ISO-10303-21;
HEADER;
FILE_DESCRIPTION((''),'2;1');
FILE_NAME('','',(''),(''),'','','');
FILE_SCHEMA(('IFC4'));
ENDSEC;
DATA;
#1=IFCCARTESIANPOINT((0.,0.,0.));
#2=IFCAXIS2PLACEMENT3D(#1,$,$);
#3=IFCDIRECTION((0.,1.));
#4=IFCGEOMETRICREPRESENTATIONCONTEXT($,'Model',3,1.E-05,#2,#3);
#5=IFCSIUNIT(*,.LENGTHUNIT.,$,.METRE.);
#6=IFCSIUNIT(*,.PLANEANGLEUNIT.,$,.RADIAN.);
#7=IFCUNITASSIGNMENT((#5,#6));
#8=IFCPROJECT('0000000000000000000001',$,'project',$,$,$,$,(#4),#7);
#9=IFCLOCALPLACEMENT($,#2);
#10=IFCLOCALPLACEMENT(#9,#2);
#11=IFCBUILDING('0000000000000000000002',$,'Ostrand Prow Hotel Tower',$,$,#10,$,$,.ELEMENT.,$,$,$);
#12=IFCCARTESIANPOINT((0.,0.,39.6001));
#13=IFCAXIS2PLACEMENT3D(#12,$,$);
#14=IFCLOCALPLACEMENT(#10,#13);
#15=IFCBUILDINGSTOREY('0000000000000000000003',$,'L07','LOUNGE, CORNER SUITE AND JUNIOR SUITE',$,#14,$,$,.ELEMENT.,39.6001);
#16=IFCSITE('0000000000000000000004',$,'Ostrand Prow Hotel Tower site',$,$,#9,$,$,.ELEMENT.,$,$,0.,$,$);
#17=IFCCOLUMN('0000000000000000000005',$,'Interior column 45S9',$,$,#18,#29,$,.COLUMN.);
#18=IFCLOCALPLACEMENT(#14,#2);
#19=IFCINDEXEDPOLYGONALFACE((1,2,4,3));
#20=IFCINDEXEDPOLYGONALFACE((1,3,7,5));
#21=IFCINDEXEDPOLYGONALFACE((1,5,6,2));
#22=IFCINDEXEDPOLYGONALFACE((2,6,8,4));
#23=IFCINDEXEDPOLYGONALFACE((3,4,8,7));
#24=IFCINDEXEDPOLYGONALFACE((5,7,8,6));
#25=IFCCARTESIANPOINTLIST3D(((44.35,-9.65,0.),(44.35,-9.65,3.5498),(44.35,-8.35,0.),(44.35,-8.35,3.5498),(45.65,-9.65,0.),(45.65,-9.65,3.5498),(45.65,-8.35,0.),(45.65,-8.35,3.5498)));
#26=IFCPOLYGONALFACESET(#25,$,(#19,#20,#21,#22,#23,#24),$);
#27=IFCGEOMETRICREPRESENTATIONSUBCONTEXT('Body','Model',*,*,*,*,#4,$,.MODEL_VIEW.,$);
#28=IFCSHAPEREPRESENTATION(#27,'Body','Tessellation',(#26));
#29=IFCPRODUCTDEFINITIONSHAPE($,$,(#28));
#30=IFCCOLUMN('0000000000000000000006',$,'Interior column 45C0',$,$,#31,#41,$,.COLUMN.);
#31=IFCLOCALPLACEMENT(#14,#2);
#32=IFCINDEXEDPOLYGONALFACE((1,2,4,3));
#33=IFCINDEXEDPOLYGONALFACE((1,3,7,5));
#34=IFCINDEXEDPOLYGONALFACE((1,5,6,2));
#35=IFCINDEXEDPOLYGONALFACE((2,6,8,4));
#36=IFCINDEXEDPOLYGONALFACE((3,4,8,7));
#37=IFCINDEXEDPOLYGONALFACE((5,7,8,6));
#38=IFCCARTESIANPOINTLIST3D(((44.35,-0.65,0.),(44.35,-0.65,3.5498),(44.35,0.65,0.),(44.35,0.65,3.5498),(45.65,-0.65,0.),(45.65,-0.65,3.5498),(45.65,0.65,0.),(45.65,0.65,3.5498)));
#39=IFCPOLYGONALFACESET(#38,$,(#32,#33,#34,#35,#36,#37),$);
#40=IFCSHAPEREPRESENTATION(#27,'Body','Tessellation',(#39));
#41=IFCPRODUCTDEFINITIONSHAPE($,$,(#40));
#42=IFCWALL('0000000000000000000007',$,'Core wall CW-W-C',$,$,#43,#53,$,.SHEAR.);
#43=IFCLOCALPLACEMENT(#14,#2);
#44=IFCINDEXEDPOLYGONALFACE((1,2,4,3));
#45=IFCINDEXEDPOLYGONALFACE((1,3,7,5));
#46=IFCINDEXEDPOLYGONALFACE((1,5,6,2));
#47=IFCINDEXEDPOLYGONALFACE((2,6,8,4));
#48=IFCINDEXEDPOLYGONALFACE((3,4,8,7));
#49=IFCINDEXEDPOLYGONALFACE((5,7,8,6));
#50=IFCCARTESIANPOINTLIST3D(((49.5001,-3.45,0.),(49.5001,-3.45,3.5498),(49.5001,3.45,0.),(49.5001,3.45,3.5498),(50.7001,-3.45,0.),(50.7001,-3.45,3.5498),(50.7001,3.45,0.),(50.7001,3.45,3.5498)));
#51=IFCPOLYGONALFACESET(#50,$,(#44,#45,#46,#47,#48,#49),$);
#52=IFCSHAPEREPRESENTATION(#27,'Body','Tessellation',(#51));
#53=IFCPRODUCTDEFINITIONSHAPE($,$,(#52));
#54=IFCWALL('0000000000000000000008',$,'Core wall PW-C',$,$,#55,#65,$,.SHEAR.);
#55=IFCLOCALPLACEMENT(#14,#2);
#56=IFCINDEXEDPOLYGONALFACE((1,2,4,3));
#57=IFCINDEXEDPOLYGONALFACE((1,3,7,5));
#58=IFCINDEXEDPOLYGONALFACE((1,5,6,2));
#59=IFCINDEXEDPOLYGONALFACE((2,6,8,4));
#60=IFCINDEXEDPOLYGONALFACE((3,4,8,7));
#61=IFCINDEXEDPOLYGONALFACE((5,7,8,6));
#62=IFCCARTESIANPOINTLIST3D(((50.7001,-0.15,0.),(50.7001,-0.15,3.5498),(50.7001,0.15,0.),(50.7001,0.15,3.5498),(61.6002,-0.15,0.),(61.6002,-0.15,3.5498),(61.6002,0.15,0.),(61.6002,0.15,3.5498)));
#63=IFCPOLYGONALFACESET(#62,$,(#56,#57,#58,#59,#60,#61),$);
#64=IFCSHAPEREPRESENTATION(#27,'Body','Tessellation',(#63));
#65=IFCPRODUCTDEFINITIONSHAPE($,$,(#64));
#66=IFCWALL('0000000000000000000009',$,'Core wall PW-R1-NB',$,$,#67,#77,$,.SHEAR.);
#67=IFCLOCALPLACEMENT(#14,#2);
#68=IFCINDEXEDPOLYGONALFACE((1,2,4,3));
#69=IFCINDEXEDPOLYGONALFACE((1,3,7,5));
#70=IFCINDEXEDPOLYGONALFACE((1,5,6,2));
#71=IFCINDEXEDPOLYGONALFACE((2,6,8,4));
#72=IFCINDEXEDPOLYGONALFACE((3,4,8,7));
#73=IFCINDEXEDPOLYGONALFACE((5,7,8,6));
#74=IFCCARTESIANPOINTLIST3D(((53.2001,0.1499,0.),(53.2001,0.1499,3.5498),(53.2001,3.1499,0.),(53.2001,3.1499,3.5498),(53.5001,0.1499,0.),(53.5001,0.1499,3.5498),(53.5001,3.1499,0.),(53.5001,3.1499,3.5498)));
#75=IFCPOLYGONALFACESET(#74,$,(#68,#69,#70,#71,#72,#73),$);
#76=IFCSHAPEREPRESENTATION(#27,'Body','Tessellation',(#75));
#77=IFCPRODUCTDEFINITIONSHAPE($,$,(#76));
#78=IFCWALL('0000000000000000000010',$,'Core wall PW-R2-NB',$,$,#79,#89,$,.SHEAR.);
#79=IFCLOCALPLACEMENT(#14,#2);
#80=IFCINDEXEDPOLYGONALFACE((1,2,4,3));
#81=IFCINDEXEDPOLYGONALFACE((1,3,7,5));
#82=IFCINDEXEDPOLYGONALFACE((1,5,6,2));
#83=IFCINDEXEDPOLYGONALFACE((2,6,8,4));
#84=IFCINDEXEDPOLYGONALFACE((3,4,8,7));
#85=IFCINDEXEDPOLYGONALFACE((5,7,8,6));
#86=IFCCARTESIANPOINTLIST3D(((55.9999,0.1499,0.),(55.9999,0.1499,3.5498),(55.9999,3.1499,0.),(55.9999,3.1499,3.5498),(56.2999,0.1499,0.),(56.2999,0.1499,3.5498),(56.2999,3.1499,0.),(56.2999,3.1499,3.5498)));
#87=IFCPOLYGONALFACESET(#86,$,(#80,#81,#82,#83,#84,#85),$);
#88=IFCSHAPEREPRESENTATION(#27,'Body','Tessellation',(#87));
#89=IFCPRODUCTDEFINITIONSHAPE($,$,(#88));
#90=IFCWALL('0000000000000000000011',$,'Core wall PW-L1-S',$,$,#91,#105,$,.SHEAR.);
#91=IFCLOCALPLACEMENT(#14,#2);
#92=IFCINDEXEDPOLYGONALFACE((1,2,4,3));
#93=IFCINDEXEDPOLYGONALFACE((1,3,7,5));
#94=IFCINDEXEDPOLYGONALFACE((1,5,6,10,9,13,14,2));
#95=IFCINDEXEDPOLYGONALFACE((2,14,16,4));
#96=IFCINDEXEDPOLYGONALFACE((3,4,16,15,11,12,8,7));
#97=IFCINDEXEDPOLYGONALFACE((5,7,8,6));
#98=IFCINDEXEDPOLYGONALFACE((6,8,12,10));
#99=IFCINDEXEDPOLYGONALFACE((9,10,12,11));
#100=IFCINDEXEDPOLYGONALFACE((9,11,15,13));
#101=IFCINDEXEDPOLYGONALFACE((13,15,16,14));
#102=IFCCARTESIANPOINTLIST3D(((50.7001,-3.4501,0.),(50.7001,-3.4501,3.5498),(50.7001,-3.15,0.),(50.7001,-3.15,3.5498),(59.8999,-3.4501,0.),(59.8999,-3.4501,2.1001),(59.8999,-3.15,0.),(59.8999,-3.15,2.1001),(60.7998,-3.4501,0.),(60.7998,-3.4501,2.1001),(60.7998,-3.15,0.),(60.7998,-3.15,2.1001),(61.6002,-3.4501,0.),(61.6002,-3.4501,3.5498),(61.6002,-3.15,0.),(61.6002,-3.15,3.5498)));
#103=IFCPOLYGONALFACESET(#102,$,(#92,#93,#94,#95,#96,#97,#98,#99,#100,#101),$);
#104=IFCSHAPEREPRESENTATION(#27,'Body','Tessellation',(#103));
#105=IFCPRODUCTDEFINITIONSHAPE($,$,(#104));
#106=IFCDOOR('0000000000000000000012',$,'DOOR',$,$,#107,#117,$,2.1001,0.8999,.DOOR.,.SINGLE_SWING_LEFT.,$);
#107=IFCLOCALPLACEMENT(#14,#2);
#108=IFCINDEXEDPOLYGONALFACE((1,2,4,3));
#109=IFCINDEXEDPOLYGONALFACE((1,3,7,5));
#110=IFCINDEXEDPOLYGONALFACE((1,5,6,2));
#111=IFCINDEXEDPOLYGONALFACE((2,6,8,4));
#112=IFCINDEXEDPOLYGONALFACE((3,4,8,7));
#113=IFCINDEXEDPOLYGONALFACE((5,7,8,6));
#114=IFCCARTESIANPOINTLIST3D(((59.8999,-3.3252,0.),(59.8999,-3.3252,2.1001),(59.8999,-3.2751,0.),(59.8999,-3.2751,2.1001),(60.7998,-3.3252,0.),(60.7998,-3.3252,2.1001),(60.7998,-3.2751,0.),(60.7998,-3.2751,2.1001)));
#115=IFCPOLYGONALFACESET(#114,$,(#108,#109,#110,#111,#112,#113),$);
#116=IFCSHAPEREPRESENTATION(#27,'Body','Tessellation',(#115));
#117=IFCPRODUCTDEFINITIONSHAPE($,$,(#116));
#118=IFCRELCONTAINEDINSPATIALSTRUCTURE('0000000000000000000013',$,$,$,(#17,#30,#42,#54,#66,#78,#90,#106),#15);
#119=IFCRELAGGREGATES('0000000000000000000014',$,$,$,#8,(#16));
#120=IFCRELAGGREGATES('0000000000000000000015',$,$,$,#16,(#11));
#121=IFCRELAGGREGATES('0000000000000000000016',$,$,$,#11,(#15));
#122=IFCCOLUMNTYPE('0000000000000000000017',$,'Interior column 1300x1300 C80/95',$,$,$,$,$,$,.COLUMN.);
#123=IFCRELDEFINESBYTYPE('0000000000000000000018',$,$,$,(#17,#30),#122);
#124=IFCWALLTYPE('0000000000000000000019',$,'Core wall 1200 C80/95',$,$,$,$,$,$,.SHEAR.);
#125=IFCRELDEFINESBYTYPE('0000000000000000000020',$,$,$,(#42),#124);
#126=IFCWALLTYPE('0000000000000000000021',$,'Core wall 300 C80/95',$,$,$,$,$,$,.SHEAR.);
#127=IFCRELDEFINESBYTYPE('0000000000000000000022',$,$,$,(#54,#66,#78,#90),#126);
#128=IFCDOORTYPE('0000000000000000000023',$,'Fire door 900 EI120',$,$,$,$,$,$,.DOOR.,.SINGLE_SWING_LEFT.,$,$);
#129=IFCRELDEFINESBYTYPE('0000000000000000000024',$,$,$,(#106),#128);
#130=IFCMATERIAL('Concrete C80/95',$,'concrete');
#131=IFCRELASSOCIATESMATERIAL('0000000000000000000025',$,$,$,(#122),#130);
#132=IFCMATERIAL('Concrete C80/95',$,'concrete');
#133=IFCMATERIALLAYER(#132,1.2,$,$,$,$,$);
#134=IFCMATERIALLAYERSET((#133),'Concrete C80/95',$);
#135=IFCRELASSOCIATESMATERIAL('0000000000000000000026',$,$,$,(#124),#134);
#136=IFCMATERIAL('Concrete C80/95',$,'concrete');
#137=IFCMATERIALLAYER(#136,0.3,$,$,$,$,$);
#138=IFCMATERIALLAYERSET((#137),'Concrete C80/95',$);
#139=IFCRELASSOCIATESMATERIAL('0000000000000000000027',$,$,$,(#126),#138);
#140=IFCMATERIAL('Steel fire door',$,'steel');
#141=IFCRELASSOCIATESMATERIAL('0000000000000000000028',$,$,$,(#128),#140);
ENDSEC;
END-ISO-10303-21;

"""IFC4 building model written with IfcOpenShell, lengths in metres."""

from ifc_helpers import new_model, si_unit, direction, frame, frame_2d, origin, origin_2d, place, context, subcontext, project, spatial, rectangle, extrude, material, layer, layer_set, material_profile, profile_set, type_object, element, fill, save


model = new_model("IFC4")

# Units and contexts
model_context = context("Model", 3, precision=1e-05, world=origin(), true_north=direction((0.0, 1.0)))
body_context = subcontext(model_context, "Body", "Model", "MODEL_VIEW")
ifc_project = project(units=[si_unit("LENGTHUNIT", "METRE"), si_unit("PLANEANGLEUNIT", "RADIAN")], contexts=[model_context])

# Site, building, storey
site_placement = place(None, origin())
site = spatial("IfcSite", under=ifc_project, at=site_placement, Name="Ostrand Prow Hotel Tower site", CompositionType="ELEMENT", RefElevation=0.0)
building_placement = place(site_placement, origin())
building = spatial("IfcBuilding", under=site, at=building_placement, Name="Ostrand Prow Hotel Tower", CompositionType="ELEMENT")
storey_placement = place(building_placement, frame((0.0, 0.0, 39.6001)))
storey = spatial("IfcBuildingStorey", under=building, at=storey_placement, Name="L07", Description="LOUNGE, CORNER SUITE AND JUNIOR SUITE", CompositionType="ELEMENT", Elevation=39.6001)

# Columns
ifc_material_1 = material(Name="Concrete C80/95", Category="concrete")
ifc_material_profile = material_profile(ifc_material_1, rectangle(XDim=1.3, YDim=1.3, at=origin_2d()), Name="RC 1300x1300")
ifc_profile_set = profile_set([ifc_material_profile], Name="Concrete C80/95")
column_type = type_object("IfcColumnType", Name="Interior column 1300x1300 C80/95", PredefinedType="COLUMN", material=ifc_profile_set)
for number, where, z_axis, x_axis, name in (
    (1, (45.0, -9.0, 0.0), (0.0, 0.0, 1.0), (1.0, 0.0, 0.0), "Interior column 45S9"),
    (2, (45.0, 0.0, 0.0), (0.0, 0.0, 1.0), (1.0, 0.0, 0.0), "Interior column 45C0"),
):
    element("IfcColumn", number, at=place(storey_placement, frame(where, z_axis=z_axis, x_axis=x_axis)), inside=storey, type_object=column_type, Name=name, PredefinedType="COLUMN", context=body_context, shape_type="SweptSolid", body=[
        extrude(rectangle(XDim=1.3, YDim=1.3, at=origin_2d()), origin(), (0.0, 0.0, 1.0), 3.5498),
    ])

# Walls
ifc_material_2 = material(Name="Concrete C80/95", Category="concrete")
ifc_layer_1 = layer(ifc_material_2, 1.2)
ifc_layer_set_1 = layer_set([ifc_layer_1], Name="Concrete C80/95")
wall_type_1 = type_object("IfcWallType", Name="Core wall 1200 C80/95", PredefinedType="SHEAR", material=ifc_layer_set_1)
wall_1_placement = place(storey_placement, frame((50.1001, -3.45, 0.0), z_axis=(0.0, 0.0, 1.0), x_axis=(0.0, 1.0, 0.0)))
element("IfcWall", 3, at=wall_1_placement, inside=storey, type_object=wall_type_1, Name="Core wall CW-W-C", PredefinedType="SHEAR", context=body_context, shape_type="SweptSolid", body=[
    extrude(rectangle(XDim=6.8999, YDim=1.2, at=frame_2d((3.45, 0.0))), origin(), (0.0, 0.0, 1.0), 3.5498),
])
ifc_material_3 = material(Name="Concrete C80/95", Category="concrete")
ifc_layer_2 = layer(ifc_material_3, 0.3)
ifc_layer_set_2 = layer_set([ifc_layer_2], Name="Concrete C80/95")
wall_type_2 = type_object("IfcWallType", Name="Core wall 300 C80/95", PredefinedType="SHEAR", material=ifc_layer_set_2)
wall_2_placement = place(storey_placement, frame((50.7, 0.0, 0.0), z_axis=(0.0, 0.0, 1.0), x_axis=(1.0, 0.0, 0.0)))
element("IfcWall", 4, at=wall_2_placement, inside=storey, type_object=wall_type_2, Name="Core wall PW-C", PredefinedType="SHEAR", context=body_context, shape_type="SweptSolid", body=[
    extrude(rectangle(XDim=10.9001, YDim=0.3, at=frame_2d((5.4502, 0.0))), origin(), (0.0, 0.0, 1.0), 3.5498),
])
for number, where, z_axis, x_axis, name in (
    (5, (53.3501, 0.1499, 0.0), (0.0, 0.0, 1.0), (0.0, 1.0, 0.0), "Core wall PW-R1-NB"),
    (6, (56.1499, 0.1499, 0.0), (0.0, 0.0, 1.0), (0.0, 1.0, 0.0), "Core wall PW-R2-NB"),
):
    element("IfcWall", number, at=place(storey_placement, frame(where, z_axis=z_axis, x_axis=x_axis)), inside=storey, type_object=wall_type_2, Name=name, PredefinedType="SHEAR", context=body_context, shape_type="SweptSolid", body=[
        extrude(rectangle(XDim=3.0, YDim=0.3, at=frame_2d((1.5, 0.0))), origin(), (0.0, 0.0, 1.0), 3.5498),
    ])

# Wall, opening, door
wall_3_placement = place(storey_placement, frame((50.7, -3.3, 0.0), z_axis=(0.0, 0.0, 1.0), x_axis=(1.0, 0.0, 0.0)))
wall_3 = element("IfcWall", 7, at=wall_3_placement, inside=storey, type_object=wall_type_2, Name="Core wall PW-L1-S", PredefinedType="SHEAR", context=body_context, shape_type="SweptSolid", body=[
    extrude(rectangle(XDim=10.9001, YDim=0.3, at=frame_2d((5.4502, 0.0))), origin(), (0.0, 0.0, 1.0), 3.5498),
])
opening_1_placement = place(wall_3_placement, frame((9.2, 0.0, 0.0)))
opening_1 = element("IfcOpeningElement", 8, at=opening_1_placement, cuts=wall_3, PredefinedType="OPENING", context=body_context, shape_type="SweptSolid", body=[
    extrude(rectangle(XDim=0.8999, YDim=2.1001, at=frame_2d((0.45, 1.05))), frame((0.0, 0.1599, 0.0), z_axis=(0.0, -1.0, 0.0), x_axis=(1.0, 0.0, 0.0)), (0.0, 0.0, 1.0), 0.3201),
])
ifc_material_4 = material(Name="Steel fire door", Category="steel")
door_type_1 = type_object("IfcDoorType", Name="Fire door 900 EI120", OperationType="SINGLE_SWING_LEFT", PredefinedType="DOOR", material=ifc_material_4)
door_1_placement = place(opening_1_placement, origin())
door_1 = element("IfcDoor", 9, at=door_1_placement, inside=storey, type_object=door_type_1, Name="DOOR", OperationType="SINGLE_SWING_LEFT", OverallHeight=2.1001, OverallWidth=0.8999, PredefinedType="DOOR", context=body_context, shape_type="SweptSolid", body=[
    extrude(rectangle(XDim=0.8999, YDim=2.1001, at=frame_2d((0.45, 1.05))), frame((0.0, 0.0249, 0.0), z_axis=(0.0, -1.0, 0.0), x_axis=(1.0, 0.0, 0.0)), (0.0, 0.0, 1.0), 0.05),
])
fill(opening_1, door_1)

save(model, "model.ifc")
